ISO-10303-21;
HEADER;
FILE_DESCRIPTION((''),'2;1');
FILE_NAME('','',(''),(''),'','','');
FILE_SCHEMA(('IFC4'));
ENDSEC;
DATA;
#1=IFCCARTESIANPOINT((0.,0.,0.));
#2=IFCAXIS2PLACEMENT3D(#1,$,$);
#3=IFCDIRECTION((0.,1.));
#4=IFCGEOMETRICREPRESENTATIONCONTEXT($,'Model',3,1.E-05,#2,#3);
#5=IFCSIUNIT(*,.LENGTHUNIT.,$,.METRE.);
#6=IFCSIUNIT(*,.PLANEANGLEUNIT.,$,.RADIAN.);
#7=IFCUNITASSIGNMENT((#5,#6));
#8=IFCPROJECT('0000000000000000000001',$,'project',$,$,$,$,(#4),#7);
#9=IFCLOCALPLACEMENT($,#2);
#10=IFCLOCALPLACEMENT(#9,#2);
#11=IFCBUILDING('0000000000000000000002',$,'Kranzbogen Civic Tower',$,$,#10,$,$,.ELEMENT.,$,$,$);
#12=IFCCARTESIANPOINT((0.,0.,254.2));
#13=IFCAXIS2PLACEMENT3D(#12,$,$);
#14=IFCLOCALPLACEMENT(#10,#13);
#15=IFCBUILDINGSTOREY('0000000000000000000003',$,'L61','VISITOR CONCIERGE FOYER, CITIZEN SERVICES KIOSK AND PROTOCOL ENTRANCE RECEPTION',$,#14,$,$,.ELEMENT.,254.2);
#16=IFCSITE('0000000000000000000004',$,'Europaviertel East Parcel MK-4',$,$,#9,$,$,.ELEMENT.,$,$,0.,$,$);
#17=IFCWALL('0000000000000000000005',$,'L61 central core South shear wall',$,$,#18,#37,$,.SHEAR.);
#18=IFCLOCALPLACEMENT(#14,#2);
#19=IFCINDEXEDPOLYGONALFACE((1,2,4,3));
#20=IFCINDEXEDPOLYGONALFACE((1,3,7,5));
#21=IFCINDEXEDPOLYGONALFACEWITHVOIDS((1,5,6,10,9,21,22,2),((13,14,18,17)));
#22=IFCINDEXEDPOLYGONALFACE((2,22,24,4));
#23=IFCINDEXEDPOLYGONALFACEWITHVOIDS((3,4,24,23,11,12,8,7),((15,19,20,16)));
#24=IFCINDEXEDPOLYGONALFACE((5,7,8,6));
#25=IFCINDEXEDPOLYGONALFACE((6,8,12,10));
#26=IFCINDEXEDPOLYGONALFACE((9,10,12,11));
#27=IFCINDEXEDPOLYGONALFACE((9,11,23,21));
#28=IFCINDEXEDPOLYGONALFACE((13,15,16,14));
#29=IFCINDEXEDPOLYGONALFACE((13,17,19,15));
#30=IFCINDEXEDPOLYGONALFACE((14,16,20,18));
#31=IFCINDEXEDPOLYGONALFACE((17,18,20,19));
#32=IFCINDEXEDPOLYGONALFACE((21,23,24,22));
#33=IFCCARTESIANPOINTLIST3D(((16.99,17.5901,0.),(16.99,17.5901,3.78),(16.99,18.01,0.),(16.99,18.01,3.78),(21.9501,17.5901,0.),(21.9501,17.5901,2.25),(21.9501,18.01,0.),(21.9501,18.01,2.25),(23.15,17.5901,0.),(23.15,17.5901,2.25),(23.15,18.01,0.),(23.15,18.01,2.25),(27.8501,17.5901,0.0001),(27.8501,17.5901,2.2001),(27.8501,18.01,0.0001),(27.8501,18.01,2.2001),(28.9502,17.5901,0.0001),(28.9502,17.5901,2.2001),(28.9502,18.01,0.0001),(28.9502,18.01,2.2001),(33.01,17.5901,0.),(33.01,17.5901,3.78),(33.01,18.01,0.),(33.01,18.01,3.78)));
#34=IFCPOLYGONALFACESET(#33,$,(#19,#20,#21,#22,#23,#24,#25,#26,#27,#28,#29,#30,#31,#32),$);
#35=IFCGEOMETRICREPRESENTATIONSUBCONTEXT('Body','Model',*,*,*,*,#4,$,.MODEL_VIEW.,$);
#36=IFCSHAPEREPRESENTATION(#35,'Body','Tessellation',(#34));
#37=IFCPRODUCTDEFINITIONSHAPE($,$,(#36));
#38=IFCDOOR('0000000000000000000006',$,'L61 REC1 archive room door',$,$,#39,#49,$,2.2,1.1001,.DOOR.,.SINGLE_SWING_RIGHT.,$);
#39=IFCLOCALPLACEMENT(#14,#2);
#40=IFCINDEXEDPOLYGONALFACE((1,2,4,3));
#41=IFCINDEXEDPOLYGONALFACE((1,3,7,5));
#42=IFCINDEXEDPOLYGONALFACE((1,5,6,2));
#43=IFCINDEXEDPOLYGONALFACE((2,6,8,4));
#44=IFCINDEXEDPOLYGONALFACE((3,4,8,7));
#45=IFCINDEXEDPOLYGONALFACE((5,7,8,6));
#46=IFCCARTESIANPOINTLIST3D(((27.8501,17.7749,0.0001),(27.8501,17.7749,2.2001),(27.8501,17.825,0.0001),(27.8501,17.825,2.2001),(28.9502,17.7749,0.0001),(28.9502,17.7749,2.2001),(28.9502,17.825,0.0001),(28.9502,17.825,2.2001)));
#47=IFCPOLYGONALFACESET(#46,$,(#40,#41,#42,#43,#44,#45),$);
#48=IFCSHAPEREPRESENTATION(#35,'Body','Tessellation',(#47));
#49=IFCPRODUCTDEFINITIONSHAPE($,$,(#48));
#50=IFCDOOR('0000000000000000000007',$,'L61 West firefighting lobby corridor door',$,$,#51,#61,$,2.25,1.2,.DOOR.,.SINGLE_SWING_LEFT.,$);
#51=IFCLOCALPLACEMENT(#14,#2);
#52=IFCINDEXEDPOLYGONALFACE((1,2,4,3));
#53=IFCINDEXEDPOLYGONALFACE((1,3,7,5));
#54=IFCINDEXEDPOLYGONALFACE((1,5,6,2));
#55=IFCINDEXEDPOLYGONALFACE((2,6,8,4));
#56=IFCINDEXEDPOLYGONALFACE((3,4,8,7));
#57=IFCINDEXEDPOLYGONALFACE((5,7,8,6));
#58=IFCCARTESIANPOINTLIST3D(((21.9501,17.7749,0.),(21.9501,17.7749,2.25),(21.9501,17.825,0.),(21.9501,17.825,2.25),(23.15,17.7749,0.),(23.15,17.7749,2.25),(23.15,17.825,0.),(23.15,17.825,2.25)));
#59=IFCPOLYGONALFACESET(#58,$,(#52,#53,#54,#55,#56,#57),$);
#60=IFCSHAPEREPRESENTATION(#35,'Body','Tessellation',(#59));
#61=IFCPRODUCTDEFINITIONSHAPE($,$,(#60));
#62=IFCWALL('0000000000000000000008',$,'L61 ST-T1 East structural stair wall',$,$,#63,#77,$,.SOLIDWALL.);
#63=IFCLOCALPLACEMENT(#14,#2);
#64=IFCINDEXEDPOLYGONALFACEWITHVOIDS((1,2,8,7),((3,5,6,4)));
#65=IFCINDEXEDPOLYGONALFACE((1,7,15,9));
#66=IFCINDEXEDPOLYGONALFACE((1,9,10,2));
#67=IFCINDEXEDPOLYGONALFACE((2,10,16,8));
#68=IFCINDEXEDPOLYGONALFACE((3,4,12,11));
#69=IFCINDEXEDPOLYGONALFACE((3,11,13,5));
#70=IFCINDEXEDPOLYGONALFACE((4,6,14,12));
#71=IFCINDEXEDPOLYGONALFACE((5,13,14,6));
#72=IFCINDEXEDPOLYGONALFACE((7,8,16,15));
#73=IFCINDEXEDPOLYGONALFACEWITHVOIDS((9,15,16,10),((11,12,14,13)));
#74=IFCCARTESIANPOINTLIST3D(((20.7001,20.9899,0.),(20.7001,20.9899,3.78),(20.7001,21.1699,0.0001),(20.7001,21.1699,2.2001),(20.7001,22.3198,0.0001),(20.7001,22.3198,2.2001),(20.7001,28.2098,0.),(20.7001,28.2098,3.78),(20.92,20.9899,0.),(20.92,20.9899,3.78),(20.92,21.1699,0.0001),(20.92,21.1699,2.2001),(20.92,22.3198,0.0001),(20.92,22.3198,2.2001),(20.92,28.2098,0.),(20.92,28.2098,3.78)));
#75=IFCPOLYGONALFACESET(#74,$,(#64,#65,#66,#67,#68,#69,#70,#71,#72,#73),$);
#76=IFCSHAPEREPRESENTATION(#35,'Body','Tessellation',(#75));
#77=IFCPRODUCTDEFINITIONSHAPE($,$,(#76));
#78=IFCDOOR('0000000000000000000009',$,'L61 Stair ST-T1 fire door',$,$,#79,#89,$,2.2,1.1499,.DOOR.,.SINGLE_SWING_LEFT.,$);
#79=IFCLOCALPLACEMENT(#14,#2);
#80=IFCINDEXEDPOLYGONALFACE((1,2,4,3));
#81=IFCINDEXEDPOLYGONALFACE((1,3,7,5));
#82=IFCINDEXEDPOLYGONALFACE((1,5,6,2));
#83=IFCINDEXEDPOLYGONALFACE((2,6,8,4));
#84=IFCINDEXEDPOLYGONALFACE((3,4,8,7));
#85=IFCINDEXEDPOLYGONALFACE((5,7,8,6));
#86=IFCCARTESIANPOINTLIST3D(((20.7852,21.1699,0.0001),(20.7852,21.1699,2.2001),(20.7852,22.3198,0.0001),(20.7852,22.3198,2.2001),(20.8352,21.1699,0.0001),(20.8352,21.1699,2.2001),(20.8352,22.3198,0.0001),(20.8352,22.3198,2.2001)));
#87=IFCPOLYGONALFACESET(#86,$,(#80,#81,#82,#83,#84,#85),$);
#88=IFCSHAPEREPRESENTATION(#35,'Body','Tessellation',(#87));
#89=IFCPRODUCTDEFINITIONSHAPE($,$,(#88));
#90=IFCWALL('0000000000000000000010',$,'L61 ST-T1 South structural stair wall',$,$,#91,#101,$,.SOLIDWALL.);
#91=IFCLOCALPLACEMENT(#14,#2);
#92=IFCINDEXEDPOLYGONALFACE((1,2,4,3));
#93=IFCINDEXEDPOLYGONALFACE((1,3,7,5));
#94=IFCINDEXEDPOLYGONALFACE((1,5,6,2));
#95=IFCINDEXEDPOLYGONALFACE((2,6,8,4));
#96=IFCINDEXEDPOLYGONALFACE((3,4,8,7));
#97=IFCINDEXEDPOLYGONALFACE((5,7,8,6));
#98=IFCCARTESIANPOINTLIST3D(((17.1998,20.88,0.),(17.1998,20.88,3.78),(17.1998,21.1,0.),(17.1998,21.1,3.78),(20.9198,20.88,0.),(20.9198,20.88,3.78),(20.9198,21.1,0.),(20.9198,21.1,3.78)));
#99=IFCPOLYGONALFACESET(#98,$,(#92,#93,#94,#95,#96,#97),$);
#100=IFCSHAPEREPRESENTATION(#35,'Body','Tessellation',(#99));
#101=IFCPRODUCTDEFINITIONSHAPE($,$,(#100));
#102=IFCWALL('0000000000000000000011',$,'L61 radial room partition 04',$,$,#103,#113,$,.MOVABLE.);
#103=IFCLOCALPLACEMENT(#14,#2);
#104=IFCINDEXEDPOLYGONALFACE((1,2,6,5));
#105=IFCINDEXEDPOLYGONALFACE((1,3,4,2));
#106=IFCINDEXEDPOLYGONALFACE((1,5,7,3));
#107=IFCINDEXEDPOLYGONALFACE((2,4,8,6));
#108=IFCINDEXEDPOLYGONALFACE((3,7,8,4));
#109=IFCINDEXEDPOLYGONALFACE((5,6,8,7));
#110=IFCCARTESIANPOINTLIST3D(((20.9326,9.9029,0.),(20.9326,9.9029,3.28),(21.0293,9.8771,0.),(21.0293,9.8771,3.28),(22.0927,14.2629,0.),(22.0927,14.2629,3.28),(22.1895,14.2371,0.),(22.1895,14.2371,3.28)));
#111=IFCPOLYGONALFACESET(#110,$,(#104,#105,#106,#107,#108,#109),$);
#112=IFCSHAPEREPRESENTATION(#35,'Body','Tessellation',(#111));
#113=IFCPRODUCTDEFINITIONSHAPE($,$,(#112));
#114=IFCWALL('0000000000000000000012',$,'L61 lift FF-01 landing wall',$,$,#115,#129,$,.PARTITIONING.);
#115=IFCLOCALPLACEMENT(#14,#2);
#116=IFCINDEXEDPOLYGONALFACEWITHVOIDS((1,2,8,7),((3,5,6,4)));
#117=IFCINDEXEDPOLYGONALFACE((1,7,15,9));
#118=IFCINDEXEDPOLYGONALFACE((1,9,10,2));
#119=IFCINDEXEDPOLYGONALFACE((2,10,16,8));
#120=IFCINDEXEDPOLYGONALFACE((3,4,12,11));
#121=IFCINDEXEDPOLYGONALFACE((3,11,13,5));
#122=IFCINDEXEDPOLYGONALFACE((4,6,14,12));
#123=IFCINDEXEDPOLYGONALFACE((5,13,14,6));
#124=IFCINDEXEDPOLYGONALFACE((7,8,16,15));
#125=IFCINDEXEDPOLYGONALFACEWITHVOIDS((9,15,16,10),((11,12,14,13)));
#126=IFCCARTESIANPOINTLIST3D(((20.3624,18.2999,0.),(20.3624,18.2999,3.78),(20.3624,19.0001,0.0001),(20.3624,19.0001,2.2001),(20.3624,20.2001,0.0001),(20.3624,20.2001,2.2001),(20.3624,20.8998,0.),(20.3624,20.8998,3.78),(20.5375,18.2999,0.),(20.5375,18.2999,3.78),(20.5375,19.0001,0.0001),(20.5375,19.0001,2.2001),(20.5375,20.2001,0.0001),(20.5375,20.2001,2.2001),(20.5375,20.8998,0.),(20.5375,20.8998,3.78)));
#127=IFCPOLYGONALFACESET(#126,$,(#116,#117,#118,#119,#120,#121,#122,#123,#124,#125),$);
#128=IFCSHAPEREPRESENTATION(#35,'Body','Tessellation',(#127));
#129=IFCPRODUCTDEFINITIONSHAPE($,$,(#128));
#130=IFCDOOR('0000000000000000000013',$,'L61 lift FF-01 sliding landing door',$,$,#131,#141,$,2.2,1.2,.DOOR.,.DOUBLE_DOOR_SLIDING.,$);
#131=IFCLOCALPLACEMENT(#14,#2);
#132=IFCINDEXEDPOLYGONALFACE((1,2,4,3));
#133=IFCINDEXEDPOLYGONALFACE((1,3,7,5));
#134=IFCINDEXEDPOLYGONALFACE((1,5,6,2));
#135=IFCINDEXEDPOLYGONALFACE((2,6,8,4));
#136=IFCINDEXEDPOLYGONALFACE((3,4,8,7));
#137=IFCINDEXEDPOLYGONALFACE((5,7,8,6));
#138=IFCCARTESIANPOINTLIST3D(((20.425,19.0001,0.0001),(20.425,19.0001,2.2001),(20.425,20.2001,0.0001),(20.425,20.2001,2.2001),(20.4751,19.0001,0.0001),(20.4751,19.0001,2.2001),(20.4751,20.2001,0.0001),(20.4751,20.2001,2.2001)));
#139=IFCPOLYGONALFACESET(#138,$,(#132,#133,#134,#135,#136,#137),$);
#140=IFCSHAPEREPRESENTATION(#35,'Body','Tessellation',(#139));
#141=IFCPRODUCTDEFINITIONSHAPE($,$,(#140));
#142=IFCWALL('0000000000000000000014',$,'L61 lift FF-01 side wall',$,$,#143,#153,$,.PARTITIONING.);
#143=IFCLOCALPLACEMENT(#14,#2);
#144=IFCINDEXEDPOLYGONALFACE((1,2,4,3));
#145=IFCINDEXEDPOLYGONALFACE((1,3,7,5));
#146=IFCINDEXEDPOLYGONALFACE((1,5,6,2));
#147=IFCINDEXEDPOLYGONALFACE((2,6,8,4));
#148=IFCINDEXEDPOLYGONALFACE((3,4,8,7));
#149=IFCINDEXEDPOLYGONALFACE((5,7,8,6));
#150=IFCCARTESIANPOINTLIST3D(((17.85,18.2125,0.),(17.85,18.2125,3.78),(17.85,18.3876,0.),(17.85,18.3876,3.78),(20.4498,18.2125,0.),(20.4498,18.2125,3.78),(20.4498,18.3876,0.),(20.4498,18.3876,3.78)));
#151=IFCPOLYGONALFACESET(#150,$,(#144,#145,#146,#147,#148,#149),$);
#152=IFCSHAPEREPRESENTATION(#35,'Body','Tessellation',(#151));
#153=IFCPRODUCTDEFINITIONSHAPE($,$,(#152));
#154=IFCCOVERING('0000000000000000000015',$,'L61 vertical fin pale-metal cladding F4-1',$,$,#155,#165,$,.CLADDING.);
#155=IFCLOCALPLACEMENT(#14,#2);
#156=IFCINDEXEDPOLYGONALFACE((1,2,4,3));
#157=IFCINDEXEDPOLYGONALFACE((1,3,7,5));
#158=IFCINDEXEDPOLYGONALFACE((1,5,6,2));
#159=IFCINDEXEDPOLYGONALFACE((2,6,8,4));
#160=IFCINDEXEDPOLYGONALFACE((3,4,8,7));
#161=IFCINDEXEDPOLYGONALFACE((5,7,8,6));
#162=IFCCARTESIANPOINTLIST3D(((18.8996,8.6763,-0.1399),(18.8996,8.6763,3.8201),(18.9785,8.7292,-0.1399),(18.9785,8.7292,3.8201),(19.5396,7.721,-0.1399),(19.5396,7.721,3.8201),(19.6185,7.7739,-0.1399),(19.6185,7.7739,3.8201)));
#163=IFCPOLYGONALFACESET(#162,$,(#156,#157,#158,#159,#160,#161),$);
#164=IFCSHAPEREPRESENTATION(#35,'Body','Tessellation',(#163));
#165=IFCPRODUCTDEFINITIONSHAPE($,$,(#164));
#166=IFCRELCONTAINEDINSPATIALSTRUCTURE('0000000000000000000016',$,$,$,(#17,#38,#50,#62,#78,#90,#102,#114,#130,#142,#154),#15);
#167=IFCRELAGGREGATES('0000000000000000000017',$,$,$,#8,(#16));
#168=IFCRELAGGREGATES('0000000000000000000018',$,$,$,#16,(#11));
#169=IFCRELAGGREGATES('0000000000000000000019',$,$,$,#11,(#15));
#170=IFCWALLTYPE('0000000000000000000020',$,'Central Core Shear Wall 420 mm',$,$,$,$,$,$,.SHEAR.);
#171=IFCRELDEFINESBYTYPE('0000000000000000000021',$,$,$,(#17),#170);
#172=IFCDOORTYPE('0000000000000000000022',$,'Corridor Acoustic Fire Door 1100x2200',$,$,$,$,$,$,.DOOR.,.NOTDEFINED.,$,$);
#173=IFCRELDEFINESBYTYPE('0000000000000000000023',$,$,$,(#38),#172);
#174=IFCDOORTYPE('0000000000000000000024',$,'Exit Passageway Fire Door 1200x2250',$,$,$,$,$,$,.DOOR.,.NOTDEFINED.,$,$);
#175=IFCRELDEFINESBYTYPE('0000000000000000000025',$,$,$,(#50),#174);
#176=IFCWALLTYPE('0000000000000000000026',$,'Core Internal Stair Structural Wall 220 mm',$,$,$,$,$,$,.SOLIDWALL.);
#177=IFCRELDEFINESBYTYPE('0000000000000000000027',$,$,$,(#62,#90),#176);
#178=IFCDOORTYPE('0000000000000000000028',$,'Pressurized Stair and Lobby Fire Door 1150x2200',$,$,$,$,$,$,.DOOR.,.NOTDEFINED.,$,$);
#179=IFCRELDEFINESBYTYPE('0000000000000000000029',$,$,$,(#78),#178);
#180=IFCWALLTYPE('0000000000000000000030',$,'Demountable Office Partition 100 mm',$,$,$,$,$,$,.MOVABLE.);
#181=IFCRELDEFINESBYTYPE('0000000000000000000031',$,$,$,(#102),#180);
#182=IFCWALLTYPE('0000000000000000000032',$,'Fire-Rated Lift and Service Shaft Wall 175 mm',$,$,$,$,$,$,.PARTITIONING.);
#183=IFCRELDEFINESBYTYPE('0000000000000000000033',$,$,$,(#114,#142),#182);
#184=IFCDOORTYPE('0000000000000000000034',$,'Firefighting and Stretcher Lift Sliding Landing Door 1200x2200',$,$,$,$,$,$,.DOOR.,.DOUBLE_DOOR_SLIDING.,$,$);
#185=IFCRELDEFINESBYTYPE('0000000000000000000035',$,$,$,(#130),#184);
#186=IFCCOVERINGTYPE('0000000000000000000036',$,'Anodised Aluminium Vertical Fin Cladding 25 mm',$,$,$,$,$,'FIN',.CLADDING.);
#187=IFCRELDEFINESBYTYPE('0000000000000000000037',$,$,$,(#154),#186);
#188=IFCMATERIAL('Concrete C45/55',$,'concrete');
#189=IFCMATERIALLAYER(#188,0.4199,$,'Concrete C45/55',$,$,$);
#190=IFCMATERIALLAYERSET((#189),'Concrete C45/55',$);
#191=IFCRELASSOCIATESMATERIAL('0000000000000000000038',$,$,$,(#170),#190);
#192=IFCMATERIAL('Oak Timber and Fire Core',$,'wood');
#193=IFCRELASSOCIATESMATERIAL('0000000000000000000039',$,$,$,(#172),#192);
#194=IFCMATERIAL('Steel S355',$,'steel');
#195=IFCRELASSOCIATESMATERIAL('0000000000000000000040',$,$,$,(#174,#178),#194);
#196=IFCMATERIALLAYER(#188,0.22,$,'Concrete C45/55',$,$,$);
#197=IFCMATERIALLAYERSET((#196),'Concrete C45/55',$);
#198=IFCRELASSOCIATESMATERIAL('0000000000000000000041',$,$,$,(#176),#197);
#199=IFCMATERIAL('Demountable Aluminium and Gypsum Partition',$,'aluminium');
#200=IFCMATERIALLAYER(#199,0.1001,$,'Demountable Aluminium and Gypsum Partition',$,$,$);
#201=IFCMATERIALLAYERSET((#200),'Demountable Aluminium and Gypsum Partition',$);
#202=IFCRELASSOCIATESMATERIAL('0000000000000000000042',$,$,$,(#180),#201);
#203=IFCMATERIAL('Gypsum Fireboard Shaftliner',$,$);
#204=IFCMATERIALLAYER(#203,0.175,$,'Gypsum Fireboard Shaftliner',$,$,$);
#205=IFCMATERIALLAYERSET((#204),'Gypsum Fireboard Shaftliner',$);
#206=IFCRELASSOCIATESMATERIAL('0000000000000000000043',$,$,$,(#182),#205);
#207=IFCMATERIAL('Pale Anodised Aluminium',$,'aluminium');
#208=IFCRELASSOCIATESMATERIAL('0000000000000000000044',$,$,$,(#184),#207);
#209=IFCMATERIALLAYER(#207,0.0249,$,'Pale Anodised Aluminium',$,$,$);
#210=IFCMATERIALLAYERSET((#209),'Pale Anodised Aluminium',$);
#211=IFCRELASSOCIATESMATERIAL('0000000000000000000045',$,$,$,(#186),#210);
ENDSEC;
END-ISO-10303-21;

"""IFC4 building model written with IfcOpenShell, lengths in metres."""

from ifc_helpers import new_model, si_unit, direction, frame, frame_2d, origin, origin_2d, place, context, subcontext, project, spatial, rectangle, extrude, material, layer, layer_set, type_object, element, fill, save


model = new_model("IFC4")

# Units and contexts
model_context = context("Model", 3, precision=1e-05, world=origin(), true_north=direction((0.0, 1.0)))
body_context = subcontext(model_context, "Body", "Model", "MODEL_VIEW")
ifc_project = project(units=[si_unit("LENGTHUNIT", "METRE"), si_unit("PLANEANGLEUNIT", "RADIAN")], contexts=[model_context])

# Site, building, storey
site_placement = place(None, origin())
site = spatial("IfcSite", under=ifc_project, at=site_placement, Name="Europaviertel East Parcel MK-4", CompositionType="ELEMENT", RefElevation=0.0)
building_placement = place(site_placement, origin())
building = spatial("IfcBuilding", under=site, at=building_placement, Name="Kranzbogen Civic Tower", CompositionType="ELEMENT")
storey_placement = place(building_placement, frame((0.0, 0.0, 254.2)))
storey = spatial("IfcBuildingStorey", under=building, at=storey_placement, Name="L61", Description="VISITOR CONCIERGE FOYER, CITIZEN SERVICES KIOSK AND PROTOCOL ENTRANCE RECEPTION", CompositionType="ELEMENT", Elevation=254.2)

# Shared definitions
ifc_material_1 = material(Name="Steel S355", Category="steel")

# Shared definitions
ifc_material_2 = material(Name="Pale Anodised Aluminium", Category="aluminium")

# Wall, openings, doors
ifc_material_3 = material(Name="Concrete C45/55", Category="concrete")
ifc_layer_1 = layer(ifc_material_3, 0.4199, Name="Concrete C45/55")
ifc_layer_set_1 = layer_set([ifc_layer_1], Name="Concrete C45/55")
wall_type_1 = type_object("IfcWallType", Name="Central Core Shear Wall 420 mm", PredefinedType="SHEAR", material=ifc_layer_set_1)
wall_1_placement = place(storey_placement, frame((16.99, 17.8, 0.0), z_axis=(0.0, 0.0, 1.0), x_axis=(1.0, 0.0, 0.0)))
wall_1 = element("IfcWall", 1, at=wall_1_placement, inside=storey, type_object=wall_type_1, Name="L61 central core South shear wall", PredefinedType="SHEAR", context=body_context, shape_type="SweptSolid", body=[
    extrude(rectangle(XDim=16.02, YDim=0.4199, at=frame_2d((8.01, 0.0))), origin(), (0.0, 0.0, 1.0), 3.78),
])
opening_1_placement = place(wall_1_placement, frame((4.96, 0.0, 0.0)))
opening_1 = element("IfcOpeningElement", 2, at=opening_1_placement, cuts=wall_1, PredefinedType="OPENING", context=body_context, shape_type="SweptSolid", body=[
    extrude(rectangle(XDim=1.2, YDim=2.25, at=frame_2d((0.6001, 1.125))), frame((0.0, 0.22, 0.0), z_axis=(0.0, -1.0, 0.0), x_axis=(1.0, 0.0, 0.0)), (0.0, 0.0, 1.0), 0.4399),
])
opening_2_placement = place(wall_1_placement, frame((10.8601, 0.0, 0.0)))
opening_2 = element("IfcOpeningElement", 3, at=opening_2_placement, cuts=wall_1, PredefinedType="OPENING", context=body_context, shape_type="SweptSolid", body=[
    extrude(rectangle(XDim=1.1001, YDim=2.2, at=frame_2d((0.55, 1.1001))), frame((0.0, 0.22, 0.0), z_axis=(0.0, -1.0, 0.0), x_axis=(1.0, 0.0, 0.0)), (0.0, 0.0, 1.0), 0.4399),
])
ifc_material_4 = material(Name="Oak Timber and Fire Core", Category="wood")
door_type_1 = type_object("IfcDoorType", Name="Corridor Acoustic Fire Door 1100x2200", OperationType="NOTDEFINED", PredefinedType="DOOR", material=ifc_material_4)
door_1_placement = place(opening_2_placement, origin())
door_1 = element("IfcDoor", 4, at=door_1_placement, inside=storey, type_object=door_type_1, Name="L61 REC1 archive room door", OperationType="SINGLE_SWING_RIGHT", OverallHeight=2.2, OverallWidth=1.1001, PredefinedType="DOOR", context=body_context, shape_type="SweptSolid", body=[
    extrude(rectangle(XDim=1.1001, YDim=2.2, at=frame_2d((0.55, 1.1001))), frame((0.0, 0.0249, 0.0), z_axis=(0.0, -1.0, 0.0), x_axis=(1.0, 0.0, 0.0)), (0.0, 0.0, 1.0), 0.05),
])
fill(opening_2, door_1)
door_type_2 = type_object("IfcDoorType", Name="Exit Passageway Fire Door 1200x2250", OperationType="NOTDEFINED", PredefinedType="DOOR", material=ifc_material_1)
door_2_placement = place(opening_1_placement, origin())
door_2 = element("IfcDoor", 5, at=door_2_placement, inside=storey, type_object=door_type_2, Name="L61 West firefighting lobby corridor door", OperationType="SINGLE_SWING_LEFT", OverallHeight=2.25, OverallWidth=1.2, PredefinedType="DOOR", context=body_context, shape_type="SweptSolid", body=[
    extrude(rectangle(XDim=1.2, YDim=2.25, at=frame_2d((0.6001, 1.125))), frame((0.0, 0.0249, 0.0), z_axis=(0.0, -1.0, 0.0), x_axis=(1.0, 0.0, 0.0)), (0.0, 0.0, 1.0), 0.05),
])
fill(opening_1, door_2)

# Wall, opening, door
ifc_layer_2 = layer(ifc_material_3, 0.22, Name="Concrete C45/55")
ifc_layer_set_2 = layer_set([ifc_layer_2], Name="Concrete C45/55")
wall_type_2 = type_object("IfcWallType", Name="Core Internal Stair Structural Wall 220 mm", PredefinedType="SOLIDWALL", material=ifc_layer_set_2)
wall_2_placement = place(storey_placement, frame((20.8101, 20.99, 0.0), z_axis=(0.0, 0.0, 1.0), x_axis=(0.0, 1.0, 0.0)))
wall_2 = element("IfcWall", 6, at=wall_2_placement, inside=storey, type_object=wall_type_2, Name="L61 ST-T1 East structural stair wall", PredefinedType="SOLIDWALL", context=body_context, shape_type="SweptSolid", body=[
    extrude(rectangle(XDim=7.22, YDim=0.22, at=frame_2d((3.6099, 0.0))), origin(), (0.0, 0.0, 1.0), 3.78),
])
opening_3_placement = place(wall_2_placement, frame((0.1799, 0.0, 0.0)))
opening_3 = element("IfcOpeningElement", 7, at=opening_3_placement, cuts=wall_2, PredefinedType="OPENING", context=body_context, shape_type="SweptSolid", body=[
    extrude(rectangle(XDim=1.1499, YDim=2.2, at=frame_2d((0.575, 1.1001))), frame((0.0, 0.1201, 0.0), z_axis=(0.0, -1.0, 0.0), x_axis=(1.0, 0.0, 0.0)), (0.0, 0.0, 1.0), 0.24),
])
door_type_3 = type_object("IfcDoorType", Name="Pressurized Stair and Lobby Fire Door 1150x2200", OperationType="NOTDEFINED", PredefinedType="DOOR", material=ifc_material_1)
door_3_placement = place(opening_3_placement, origin())
door_3 = element("IfcDoor", 8, at=door_3_placement, inside=storey, type_object=door_type_3, Name="L61 Stair ST-T1 fire door", OperationType="SINGLE_SWING_LEFT", OverallHeight=2.2, OverallWidth=1.1499, PredefinedType="DOOR", context=body_context, shape_type="SweptSolid", body=[
    extrude(rectangle(XDim=1.1499, YDim=2.2, at=frame_2d((0.575, 1.1001))), frame((0.0, 0.0249, 0.0), z_axis=(0.0, -1.0, 0.0), x_axis=(1.0, 0.0, 0.0)), (0.0, 0.0, 1.0), 0.05),
])
fill(opening_3, door_3)

# Walls
wall_3_placement = place(storey_placement, frame((17.2, 20.99, 0.0), z_axis=(0.0, 0.0, 1.0), x_axis=(1.0, 0.0, 0.0)))
element("IfcWall", 9, at=wall_3_placement, inside=storey, type_object=wall_type_2, Name="L61 ST-T1 South structural stair wall", PredefinedType="SOLIDWALL", context=body_context, shape_type="SweptSolid", body=[
    extrude(rectangle(XDim=3.72, YDim=0.22, at=frame_2d((1.8599, 0.0))), origin(), (0.0, 0.0, 1.0), 3.78),
])
ifc_material_5 = material(Name="Demountable Aluminium and Gypsum Partition", Category="aluminium")
ifc_layer_3 = layer(ifc_material_5, 0.1001, Name="Demountable Aluminium and Gypsum Partition")
ifc_layer_set_3 = layer_set([ifc_layer_3], Name="Demountable Aluminium and Gypsum Partition")
wall_type_3 = type_object("IfcWallType", Name="Demountable Office Partition 100 mm", PredefinedType="MOVABLE", material=ifc_layer_set_3)
wall_4_placement = place(storey_placement, frame((22.1411, 14.25, 0.0), z_axis=(0.0, 0.0, 1.0), x_axis=(-0.257137, -0.966375, 0.0)))
element("IfcWall", 10, at=wall_4_placement, inside=storey, type_object=wall_type_3, Name="L61 radial room partition 04", PredefinedType="MOVABLE", context=body_context, shape_type="SweptSolid", body=[
    extrude(rectangle(XDim=4.5117, YDim=0.1001, at=frame_2d((2.2559, 0.0))), origin(), (0.0, 0.0, 1.0), 3.28),
])

# Wall, opening, door
ifc_material_6 = material(Name="Gypsum Fireboard Shaftliner")
ifc_layer_4 = layer(ifc_material_6, 0.175, Name="Gypsum Fireboard Shaftliner")
ifc_layer_set_4 = layer_set([ifc_layer_4], Name="Gypsum Fireboard Shaftliner")
wall_type_4 = type_object("IfcWallType", Name="Fire-Rated Lift and Service Shaft Wall 175 mm", PredefinedType="PARTITIONING", material=ifc_layer_set_4)
wall_5_placement = place(storey_placement, frame((20.45, 18.3, 0.0), z_axis=(0.0, 0.0, 1.0), x_axis=(0.0, 1.0, 0.0)))
wall_5 = element("IfcWall", 11, at=wall_5_placement, inside=storey, type_object=wall_type_4, Name="L61 lift FF-01 landing wall", PredefinedType="PARTITIONING", context=body_context, shape_type="SweptSolid", body=[
    extrude(rectangle(XDim=2.5999, YDim=0.175, at=frame_2d((1.2998, 0.0))), origin(), (0.0, 0.0, 1.0), 3.78),
])
opening_4_placement = place(wall_5_placement, frame((0.7, 0.0, 0.0)))
opening_4 = element("IfcOpeningElement", 12, at=opening_4_placement, cuts=wall_5, PredefinedType="OPENING", context=body_context, shape_type="SweptSolid", body=[
    extrude(rectangle(XDim=1.2, YDim=2.2, at=frame_2d((0.6001, 1.1001))), frame((0.0, 0.0977, 0.0), z_axis=(0.0, -1.0, 0.0), x_axis=(1.0, 0.0, 0.0)), (0.0, 0.0, 1.0), 0.1951),
])
door_type_4 = type_object("IfcDoorType", Name="Firefighting and Stretcher Lift Sliding Landing Door 1200x2200", OperationType="DOUBLE_DOOR_SLIDING", PredefinedType="DOOR", material=ifc_material_2)
door_4_placement = place(opening_4_placement, origin())
door_4 = element("IfcDoor", 13, at=door_4_placement, inside=storey, type_object=door_type_4, Name="L61 lift FF-01 sliding landing door", OperationType="DOUBLE_DOOR_SLIDING", OverallHeight=2.2, OverallWidth=1.2, PredefinedType="DOOR", context=body_context, shape_type="SweptSolid", body=[
    extrude(rectangle(XDim=1.2, YDim=2.2, at=frame_2d((0.6001, 1.1001))), frame((0.0, 0.0249, 0.0), z_axis=(0.0, -1.0, 0.0), x_axis=(1.0, 0.0, 0.0)), (0.0, 0.0, 1.0), 0.05),
])
fill(opening_4, door_4)

# Wall
wall_6_placement = place(storey_placement, frame((17.8501, 18.3, 0.0), z_axis=(0.0, 0.0, 1.0), x_axis=(1.0, 0.0, 0.0)))
element("IfcWall", 14, at=wall_6_placement, inside=storey, type_object=wall_type_4, Name="L61 lift FF-01 side wall", PredefinedType="PARTITIONING", context=body_context, shape_type="SweptSolid", body=[
    extrude(rectangle(XDim=2.5999, YDim=0.175, at=frame_2d((1.2998, 0.0))), origin(), (0.0, 0.0, 1.0), 3.78),
])

# Covering
ifc_layer_5 = layer(ifc_material_2, 0.0249, Name="Pale Anodised Aluminium")
ifc_layer_set_5 = layer_set([ifc_layer_5], Name="Pale Anodised Aluminium")
covering_type = type_object("IfcCoveringType", Name="Anodised Aluminium Vertical Fin Cladding 25 mm", ElementType="FIN", PredefinedType="CLADDING", material=ifc_layer_set_5)
for number, where, z_axis, x_axis, name in (
    (15, (19.259, 8.2251, -0.1399), (0.0, 0.0, 1.0), (0.556615, -0.830771, 0.0), "L61 vertical fin pale-metal cladding F4-1"),
):
    element("IfcCovering", number, at=place(storey_placement, frame(where, z_axis=z_axis, x_axis=x_axis)), inside=storey, type_object=covering_type, Name=name, PredefinedType="CLADDING", context=body_context, shape_type="SweptSolid", body=[
        extrude(rectangle(XDim=1.1499, YDim=0.095, at=origin_2d()), origin(), (0.0, 0.0, 1.0), 3.96),
    ])

save(model, "model.ifc")
